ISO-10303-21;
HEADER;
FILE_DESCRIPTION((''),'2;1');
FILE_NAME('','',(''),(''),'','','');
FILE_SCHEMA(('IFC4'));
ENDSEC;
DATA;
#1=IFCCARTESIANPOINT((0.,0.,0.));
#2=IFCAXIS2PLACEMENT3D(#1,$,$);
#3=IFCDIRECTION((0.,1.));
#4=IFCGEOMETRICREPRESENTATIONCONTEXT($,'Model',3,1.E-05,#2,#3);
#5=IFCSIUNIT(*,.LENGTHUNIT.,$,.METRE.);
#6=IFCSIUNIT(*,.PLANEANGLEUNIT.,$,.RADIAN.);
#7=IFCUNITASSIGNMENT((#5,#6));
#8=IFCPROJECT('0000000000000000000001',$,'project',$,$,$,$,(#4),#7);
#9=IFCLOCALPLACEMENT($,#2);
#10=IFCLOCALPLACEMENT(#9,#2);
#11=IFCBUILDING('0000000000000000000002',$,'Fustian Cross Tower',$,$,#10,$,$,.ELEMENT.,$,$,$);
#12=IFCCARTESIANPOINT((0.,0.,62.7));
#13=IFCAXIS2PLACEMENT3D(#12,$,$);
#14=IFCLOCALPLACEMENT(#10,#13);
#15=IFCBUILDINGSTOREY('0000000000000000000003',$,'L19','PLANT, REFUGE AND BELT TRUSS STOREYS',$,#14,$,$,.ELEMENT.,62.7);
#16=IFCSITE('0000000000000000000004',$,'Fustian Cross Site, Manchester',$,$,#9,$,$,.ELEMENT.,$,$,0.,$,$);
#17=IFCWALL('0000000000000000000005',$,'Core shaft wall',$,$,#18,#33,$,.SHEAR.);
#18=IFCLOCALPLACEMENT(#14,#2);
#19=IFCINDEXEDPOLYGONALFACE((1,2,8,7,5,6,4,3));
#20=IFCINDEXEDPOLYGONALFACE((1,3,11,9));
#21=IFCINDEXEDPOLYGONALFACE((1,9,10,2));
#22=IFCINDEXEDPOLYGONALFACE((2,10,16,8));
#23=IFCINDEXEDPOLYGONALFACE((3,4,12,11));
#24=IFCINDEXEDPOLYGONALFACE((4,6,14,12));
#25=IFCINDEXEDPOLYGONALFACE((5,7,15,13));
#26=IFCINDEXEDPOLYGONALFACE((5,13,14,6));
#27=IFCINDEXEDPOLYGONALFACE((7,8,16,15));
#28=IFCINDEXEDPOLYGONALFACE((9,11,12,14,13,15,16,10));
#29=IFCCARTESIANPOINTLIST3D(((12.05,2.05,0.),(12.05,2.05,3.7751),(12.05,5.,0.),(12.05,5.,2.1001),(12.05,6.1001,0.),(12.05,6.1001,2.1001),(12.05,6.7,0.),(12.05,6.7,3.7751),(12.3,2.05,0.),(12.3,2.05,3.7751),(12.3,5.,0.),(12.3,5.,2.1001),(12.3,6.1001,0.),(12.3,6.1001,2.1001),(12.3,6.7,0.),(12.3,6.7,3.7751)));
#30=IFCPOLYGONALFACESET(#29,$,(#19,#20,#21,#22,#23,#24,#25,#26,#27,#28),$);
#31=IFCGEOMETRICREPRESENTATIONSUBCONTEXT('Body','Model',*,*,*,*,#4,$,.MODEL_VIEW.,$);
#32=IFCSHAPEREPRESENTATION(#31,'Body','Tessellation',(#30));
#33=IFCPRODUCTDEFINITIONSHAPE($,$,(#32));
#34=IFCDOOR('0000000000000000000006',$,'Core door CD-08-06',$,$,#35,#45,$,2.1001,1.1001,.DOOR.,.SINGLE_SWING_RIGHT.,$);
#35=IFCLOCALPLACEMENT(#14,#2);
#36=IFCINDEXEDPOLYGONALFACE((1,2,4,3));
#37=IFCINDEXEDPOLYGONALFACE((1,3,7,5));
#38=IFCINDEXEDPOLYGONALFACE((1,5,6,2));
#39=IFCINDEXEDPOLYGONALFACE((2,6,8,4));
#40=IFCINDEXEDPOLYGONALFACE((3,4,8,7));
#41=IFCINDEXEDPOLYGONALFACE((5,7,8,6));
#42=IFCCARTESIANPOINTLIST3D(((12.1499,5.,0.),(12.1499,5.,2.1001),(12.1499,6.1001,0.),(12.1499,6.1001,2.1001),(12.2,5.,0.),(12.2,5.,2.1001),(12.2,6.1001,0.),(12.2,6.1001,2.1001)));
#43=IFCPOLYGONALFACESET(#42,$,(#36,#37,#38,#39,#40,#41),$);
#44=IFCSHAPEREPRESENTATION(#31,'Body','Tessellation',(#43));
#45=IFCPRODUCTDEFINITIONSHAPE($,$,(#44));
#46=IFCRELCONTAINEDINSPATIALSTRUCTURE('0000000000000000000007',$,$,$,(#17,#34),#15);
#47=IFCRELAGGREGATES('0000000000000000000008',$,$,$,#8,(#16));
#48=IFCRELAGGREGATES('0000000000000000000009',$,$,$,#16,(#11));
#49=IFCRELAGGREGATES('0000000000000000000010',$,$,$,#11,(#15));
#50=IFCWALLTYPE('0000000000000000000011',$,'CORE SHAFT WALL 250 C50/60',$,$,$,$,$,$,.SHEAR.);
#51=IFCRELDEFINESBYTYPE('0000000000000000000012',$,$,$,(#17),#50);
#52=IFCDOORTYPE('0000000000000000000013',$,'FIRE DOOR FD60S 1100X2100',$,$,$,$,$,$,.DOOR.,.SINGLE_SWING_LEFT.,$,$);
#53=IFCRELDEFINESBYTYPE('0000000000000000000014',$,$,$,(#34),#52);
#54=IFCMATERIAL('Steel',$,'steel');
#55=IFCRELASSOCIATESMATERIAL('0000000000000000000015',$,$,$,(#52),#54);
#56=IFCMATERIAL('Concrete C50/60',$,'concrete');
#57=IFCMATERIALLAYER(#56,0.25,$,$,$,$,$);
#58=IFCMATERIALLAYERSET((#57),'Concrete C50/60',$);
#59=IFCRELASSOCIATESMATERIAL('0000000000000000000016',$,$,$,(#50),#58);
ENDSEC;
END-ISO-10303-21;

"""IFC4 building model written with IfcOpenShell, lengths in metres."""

from ifc_helpers import new_model, si_unit, direction, frame, frame_2d, origin, place, context, subcontext, project, spatial, rectangle, extrude, material, layer, layer_set, type_object, element, fill, save


model = new_model("IFC4")

# Units and contexts
model_context = context("Model", 3, precision=1e-05, world=origin(), true_north=direction((0.0, 1.0)))
body_context = subcontext(model_context, "Body", "Model", "MODEL_VIEW")
ifc_project = project(units=[si_unit("LENGTHUNIT", "METRE"), si_unit("PLANEANGLEUNIT", "RADIAN")], contexts=[model_context])

# Site, building, storey
site_placement = place(None, origin())
site = spatial("IfcSite", under=ifc_project, at=site_placement, Name="Fustian Cross Site, Manchester", CompositionType="ELEMENT", RefElevation=0.0)
building_placement = place(site_placement, origin())
building = spatial("IfcBuilding", under=site, at=building_placement, Name="Fustian Cross Tower", CompositionType="ELEMENT")
storey_placement = place(building_placement, frame((0.0, 0.0, 62.7)))
storey = spatial("IfcBuildingStorey", under=building, at=storey_placement, Name="L19", Description="PLANT, REFUGE AND BELT TRUSS STOREYS", CompositionType="ELEMENT", Elevation=62.7)

# Shared definitions
ifc_material_1 = material(Name="Steel", Category="steel")
door_type_1 = type_object("IfcDoorType", Name="FIRE DOOR FD60S 1100X2100", OperationType="SINGLE_SWING_LEFT", PredefinedType="DOOR", material=ifc_material_1)

# Shared definitions
ifc_material_2 = material(Name="Concrete C50/60", Category="concrete")
ifc_layer_1 = layer(ifc_material_2, 0.25)
ifc_layer_set_1 = layer_set([ifc_layer_1], Name="Concrete C50/60")
wall_type_1 = type_object("IfcWallType", Name="CORE SHAFT WALL 250 C50/60", PredefinedType="SHEAR", material=ifc_layer_set_1)

# Wall, opening, door
wall_1_placement = place(storey_placement, frame((12.175, 2.05, 0.0), z_axis=(0.0, 0.0, 1.0), x_axis=(0.0, 1.0, 0.0)))
wall_1 = element("IfcWall", 1, at=wall_1_placement, inside=storey, type_object=wall_type_1, Name="Core shaft wall", PredefinedType="SHEAR", context=body_context, shape_type="SweptSolid", body=[
    extrude(rectangle(XDim=4.6499, YDim=0.25, at=frame_2d((2.325, 0.0))), origin(), (0.0, 0.0, 1.0), 3.7751),
])
opening_1_placement = place(wall_1_placement, frame((2.95, 0.0, 0.0)))
opening_1 = element("IfcOpeningElement", 2, at=opening_1_placement, cuts=wall_1, PredefinedType="OPENING", context=body_context, shape_type="SweptSolid", body=[
    extrude(rectangle(XDim=1.1001, YDim=2.1001, at=frame_2d((0.55, 1.05))), frame((0.0, 0.135, 0.0), z_axis=(0.0, -1.0, 0.0), x_axis=(1.0, 0.0, 0.0)), (0.0, 0.0, 1.0), 0.27),
])
door_1_placement = place(opening_1_placement, frame((1.1001, 0.0, 0.0), z_axis=(0.0, 0.0, 1.0), x_axis=(-1.0, 0.0, 0.0)))
door_1 = element("IfcDoor", 3, at=door_1_placement, inside=storey, type_object=door_type_1, Name="Core door CD-08-06", OperationType="SINGLE_SWING_RIGHT", OverallHeight=2.1001, OverallWidth=1.1001, PredefinedType="DOOR", context=body_context, shape_type="SweptSolid", body=[
    extrude(rectangle(XDim=1.1001, YDim=2.1001, at=frame_2d((0.55, 1.05))), frame((0.0, 0.0249, 0.0), z_axis=(0.0, -1.0, 0.0), x_axis=(1.0, 0.0, 0.0)), (0.0, 0.0, 1.0), 0.05),
])
fill(opening_1, door_1)

save(model, "model.ifc")
